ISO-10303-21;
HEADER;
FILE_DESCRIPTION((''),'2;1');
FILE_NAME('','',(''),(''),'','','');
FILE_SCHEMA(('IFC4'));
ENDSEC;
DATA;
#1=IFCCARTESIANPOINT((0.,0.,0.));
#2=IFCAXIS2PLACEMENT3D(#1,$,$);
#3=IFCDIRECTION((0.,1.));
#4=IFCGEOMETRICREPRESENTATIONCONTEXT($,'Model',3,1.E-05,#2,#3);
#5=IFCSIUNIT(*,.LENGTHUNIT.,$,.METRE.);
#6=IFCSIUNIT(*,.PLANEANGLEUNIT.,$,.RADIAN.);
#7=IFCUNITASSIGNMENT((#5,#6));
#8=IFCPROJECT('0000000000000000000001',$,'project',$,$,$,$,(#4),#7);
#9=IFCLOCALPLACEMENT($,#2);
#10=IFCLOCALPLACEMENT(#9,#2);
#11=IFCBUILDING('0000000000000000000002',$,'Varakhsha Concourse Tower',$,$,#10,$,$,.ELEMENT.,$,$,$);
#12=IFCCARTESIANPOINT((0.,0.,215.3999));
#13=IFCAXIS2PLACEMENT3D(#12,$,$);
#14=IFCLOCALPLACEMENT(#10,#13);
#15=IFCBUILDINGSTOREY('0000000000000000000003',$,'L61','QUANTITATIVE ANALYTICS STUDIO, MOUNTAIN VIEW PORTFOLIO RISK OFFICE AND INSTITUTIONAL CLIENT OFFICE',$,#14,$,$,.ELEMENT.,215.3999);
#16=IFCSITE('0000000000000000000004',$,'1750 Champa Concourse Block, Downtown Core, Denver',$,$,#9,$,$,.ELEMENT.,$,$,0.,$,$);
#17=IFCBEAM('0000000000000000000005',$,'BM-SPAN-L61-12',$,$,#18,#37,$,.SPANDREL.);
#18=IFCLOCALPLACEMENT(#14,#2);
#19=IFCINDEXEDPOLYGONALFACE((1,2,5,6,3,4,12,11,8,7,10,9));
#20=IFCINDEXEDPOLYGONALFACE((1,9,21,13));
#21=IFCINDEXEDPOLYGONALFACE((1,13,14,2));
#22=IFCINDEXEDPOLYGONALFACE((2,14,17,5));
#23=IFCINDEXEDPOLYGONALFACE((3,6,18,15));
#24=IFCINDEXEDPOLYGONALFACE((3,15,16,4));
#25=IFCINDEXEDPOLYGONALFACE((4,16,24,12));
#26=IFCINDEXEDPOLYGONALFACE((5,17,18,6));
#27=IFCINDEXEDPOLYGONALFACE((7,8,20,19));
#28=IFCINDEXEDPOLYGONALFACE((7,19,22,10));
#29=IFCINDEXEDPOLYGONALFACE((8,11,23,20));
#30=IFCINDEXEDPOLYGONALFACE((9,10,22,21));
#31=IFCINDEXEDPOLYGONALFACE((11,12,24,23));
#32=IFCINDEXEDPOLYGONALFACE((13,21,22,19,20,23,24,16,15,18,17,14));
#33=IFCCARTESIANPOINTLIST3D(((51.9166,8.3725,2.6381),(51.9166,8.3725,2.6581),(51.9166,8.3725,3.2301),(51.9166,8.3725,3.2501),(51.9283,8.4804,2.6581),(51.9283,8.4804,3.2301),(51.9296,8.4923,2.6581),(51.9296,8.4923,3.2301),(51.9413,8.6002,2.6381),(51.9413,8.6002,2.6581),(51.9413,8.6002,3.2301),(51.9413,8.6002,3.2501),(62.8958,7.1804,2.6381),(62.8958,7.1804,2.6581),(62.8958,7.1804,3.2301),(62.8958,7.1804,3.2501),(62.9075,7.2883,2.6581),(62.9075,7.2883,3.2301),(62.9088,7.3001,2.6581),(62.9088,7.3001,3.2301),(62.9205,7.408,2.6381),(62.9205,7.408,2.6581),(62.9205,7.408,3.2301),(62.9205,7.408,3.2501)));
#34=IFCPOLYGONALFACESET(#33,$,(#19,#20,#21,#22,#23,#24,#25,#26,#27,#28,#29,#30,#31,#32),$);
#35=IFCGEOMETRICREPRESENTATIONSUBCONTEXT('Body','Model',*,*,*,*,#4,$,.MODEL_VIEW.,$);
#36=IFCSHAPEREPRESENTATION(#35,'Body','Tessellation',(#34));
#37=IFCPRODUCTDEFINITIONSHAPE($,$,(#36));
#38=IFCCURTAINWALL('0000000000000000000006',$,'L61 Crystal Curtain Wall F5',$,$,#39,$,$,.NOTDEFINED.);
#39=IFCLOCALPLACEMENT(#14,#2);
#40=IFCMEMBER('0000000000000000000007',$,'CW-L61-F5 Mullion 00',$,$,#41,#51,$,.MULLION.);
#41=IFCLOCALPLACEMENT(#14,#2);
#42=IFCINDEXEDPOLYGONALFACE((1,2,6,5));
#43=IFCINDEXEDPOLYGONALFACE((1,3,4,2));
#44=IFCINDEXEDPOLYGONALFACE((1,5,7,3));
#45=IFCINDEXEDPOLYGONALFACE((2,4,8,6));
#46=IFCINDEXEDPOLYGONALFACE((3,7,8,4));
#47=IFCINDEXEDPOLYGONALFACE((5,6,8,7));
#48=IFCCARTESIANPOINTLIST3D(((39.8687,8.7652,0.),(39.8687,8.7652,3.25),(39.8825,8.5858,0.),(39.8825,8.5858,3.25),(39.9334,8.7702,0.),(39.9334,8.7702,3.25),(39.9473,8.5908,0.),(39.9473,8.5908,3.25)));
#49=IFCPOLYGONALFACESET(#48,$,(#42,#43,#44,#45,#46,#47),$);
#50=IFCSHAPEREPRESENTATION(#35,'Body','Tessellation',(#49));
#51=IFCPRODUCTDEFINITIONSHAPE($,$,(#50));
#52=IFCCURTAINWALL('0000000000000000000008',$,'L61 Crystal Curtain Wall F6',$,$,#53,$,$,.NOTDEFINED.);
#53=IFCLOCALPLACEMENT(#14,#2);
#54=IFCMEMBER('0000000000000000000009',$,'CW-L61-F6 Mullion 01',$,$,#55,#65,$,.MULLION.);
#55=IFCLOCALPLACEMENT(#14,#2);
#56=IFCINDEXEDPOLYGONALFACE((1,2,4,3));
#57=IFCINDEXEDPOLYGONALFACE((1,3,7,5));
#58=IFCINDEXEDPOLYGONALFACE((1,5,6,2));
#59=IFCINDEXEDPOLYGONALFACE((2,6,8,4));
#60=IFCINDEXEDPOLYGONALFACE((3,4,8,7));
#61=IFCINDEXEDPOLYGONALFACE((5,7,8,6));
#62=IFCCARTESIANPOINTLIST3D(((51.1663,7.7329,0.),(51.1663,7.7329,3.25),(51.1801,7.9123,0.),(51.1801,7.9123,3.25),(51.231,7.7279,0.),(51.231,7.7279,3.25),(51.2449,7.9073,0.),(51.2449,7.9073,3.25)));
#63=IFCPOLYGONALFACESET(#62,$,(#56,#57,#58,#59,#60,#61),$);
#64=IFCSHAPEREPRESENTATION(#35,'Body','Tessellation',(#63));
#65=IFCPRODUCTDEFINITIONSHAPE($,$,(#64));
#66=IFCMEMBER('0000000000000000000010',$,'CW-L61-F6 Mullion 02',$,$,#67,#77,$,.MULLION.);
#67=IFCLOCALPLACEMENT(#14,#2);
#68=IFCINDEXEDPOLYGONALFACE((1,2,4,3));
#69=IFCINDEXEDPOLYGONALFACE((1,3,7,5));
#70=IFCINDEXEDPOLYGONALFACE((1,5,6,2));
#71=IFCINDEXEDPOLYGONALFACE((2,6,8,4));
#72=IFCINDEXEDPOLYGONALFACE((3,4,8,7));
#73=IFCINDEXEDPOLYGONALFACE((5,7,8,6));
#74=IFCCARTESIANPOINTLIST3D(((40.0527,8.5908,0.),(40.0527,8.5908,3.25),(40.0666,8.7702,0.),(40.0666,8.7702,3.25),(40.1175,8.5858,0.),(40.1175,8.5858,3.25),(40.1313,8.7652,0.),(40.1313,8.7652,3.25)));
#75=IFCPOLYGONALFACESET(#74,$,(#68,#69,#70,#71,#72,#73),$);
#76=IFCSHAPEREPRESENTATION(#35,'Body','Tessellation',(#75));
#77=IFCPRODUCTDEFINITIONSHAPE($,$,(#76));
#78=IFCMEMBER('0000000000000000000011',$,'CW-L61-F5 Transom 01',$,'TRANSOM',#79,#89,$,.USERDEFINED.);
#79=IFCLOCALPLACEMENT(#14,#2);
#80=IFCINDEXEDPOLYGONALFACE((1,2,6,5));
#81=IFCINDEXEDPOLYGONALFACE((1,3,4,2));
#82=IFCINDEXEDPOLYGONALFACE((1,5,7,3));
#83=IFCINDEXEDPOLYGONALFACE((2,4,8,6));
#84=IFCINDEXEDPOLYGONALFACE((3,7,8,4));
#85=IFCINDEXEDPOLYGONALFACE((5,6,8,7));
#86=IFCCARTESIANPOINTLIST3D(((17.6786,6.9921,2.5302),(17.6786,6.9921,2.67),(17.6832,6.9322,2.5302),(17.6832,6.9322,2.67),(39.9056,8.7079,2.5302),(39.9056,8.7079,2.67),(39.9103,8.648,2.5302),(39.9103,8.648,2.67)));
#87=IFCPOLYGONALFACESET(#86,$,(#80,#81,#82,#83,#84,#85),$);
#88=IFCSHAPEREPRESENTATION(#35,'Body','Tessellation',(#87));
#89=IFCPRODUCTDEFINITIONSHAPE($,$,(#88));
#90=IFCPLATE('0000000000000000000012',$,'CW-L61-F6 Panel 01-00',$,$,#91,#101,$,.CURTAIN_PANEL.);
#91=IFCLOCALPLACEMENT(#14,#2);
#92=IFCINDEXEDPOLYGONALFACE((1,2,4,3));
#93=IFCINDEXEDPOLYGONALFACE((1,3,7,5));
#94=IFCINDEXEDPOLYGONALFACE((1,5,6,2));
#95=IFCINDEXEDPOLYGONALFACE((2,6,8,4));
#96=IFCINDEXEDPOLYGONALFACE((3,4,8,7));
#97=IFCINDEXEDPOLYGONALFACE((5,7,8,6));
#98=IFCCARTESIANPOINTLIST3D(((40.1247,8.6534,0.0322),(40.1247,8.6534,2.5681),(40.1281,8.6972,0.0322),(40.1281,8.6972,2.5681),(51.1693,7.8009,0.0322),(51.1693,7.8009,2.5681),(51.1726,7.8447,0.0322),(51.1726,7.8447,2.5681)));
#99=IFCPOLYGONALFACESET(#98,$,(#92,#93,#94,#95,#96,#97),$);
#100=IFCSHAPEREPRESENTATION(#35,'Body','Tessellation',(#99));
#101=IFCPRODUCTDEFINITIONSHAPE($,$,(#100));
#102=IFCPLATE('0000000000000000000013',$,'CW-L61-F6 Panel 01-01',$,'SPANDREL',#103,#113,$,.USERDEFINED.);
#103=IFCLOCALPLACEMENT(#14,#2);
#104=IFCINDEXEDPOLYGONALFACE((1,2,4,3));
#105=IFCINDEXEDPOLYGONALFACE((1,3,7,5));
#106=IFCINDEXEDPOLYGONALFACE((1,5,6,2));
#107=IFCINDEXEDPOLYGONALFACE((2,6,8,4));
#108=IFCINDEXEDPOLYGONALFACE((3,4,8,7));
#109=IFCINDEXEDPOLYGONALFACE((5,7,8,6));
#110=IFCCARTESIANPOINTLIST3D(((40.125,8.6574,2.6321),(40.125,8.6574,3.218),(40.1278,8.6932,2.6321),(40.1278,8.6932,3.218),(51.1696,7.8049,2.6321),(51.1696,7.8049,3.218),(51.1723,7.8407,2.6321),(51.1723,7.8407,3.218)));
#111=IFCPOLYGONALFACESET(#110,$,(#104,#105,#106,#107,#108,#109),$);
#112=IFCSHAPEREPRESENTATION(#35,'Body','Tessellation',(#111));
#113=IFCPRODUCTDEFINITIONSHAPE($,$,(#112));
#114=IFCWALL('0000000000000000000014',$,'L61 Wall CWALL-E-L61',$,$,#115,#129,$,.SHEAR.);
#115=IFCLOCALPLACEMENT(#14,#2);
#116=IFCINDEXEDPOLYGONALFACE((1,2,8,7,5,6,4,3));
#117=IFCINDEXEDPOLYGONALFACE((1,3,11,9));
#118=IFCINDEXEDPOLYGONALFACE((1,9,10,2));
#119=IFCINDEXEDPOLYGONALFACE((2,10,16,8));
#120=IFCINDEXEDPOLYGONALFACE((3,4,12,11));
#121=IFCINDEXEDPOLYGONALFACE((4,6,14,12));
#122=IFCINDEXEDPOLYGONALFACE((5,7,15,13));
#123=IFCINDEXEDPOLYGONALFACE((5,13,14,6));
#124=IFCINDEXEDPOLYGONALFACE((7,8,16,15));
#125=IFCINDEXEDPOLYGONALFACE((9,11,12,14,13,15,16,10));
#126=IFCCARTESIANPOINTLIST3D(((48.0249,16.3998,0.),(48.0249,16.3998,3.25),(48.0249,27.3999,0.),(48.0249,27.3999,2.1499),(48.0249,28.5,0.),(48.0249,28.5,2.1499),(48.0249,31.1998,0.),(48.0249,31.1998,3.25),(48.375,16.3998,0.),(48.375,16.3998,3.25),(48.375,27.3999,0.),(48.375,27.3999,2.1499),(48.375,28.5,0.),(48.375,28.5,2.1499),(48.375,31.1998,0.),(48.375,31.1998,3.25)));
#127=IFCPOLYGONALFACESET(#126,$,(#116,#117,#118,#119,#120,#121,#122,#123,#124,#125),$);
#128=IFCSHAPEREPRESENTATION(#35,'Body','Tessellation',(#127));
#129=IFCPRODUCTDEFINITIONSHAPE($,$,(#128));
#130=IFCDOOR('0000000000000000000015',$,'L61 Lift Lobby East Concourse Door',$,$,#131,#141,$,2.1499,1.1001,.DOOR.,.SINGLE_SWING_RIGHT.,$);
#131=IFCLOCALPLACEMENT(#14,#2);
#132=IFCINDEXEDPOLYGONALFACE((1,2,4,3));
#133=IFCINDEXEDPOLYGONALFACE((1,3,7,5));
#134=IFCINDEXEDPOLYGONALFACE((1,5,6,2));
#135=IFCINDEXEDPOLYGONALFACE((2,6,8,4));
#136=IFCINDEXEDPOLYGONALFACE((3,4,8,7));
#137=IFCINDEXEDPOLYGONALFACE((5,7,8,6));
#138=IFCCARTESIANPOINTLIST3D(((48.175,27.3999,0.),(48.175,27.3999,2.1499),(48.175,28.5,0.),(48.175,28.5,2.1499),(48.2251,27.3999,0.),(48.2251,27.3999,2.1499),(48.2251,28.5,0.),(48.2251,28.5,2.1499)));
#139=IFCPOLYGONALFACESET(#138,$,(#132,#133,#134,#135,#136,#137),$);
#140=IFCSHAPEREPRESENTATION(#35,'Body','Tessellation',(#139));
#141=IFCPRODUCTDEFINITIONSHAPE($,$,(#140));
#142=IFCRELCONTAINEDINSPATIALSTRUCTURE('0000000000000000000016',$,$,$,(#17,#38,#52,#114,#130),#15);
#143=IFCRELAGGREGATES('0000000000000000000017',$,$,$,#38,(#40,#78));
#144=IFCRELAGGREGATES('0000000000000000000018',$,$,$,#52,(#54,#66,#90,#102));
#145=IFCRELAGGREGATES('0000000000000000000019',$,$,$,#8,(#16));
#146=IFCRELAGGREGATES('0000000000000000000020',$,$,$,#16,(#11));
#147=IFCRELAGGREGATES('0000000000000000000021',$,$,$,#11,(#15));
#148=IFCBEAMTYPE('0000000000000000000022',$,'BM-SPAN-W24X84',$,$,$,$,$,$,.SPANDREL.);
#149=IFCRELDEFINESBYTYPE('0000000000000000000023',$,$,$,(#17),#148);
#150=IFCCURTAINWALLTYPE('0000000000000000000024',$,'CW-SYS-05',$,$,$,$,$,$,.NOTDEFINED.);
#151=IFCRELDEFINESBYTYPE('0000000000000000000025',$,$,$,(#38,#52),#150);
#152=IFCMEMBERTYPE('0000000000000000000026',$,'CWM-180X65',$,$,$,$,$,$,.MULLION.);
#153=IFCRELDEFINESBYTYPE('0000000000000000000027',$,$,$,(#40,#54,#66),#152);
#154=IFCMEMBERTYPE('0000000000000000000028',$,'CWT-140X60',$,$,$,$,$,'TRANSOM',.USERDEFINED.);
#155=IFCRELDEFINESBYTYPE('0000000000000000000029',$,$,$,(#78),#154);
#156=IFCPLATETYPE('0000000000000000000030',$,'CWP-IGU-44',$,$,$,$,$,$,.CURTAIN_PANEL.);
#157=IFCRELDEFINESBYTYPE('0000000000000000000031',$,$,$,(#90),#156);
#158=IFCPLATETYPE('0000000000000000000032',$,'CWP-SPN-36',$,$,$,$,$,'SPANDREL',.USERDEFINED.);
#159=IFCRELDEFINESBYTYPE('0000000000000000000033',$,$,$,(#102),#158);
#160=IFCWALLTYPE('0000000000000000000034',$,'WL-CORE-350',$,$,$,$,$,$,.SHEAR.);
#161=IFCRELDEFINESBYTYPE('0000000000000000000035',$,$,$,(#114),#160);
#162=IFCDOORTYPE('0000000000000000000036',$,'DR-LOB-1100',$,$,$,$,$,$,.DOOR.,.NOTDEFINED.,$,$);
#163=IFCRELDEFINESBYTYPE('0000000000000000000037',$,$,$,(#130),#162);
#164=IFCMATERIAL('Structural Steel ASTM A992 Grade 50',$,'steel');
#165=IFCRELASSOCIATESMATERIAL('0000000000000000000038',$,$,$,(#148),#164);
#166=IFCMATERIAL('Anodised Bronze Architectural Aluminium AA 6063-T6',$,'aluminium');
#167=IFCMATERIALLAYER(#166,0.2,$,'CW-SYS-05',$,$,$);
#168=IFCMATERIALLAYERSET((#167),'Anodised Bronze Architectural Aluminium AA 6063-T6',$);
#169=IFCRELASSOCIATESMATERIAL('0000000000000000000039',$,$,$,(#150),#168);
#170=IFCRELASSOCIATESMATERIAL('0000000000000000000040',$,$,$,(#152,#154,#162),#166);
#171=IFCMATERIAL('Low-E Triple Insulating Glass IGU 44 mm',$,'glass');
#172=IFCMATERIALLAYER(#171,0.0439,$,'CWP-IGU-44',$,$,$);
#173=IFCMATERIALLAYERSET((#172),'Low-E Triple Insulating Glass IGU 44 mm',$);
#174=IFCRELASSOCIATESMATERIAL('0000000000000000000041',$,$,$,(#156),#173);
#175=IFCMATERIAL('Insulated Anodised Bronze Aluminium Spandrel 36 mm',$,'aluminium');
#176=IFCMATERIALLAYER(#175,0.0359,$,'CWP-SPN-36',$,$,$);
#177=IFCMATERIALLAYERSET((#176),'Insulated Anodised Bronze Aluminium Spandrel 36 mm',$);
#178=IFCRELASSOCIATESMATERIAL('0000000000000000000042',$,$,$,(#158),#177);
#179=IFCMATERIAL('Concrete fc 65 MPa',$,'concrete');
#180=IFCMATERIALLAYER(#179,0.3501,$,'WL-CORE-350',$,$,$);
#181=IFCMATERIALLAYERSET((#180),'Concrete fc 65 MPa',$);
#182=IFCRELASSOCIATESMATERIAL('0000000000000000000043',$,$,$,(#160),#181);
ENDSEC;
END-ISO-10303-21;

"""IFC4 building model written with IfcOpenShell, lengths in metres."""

from ifc_helpers import new_model, si_unit, direction, frame, frame_2d, origin, origin_2d, place, context, subcontext, project, spatial, rectangle, i_section, extrude, source, transform, mapped, material, layer, layer_set, material_profile, profile_set, type_object, type_shapes, element, fill, aggregate, save


model = new_model("IFC4")

# Units and contexts
model_context = context("Model", 3, precision=1e-05, world=origin(), true_north=direction((0.0, 1.0)))
body_context = subcontext(model_context, "Body", "Model", "MODEL_VIEW")
ifc_project = project(units=[si_unit("LENGTHUNIT", "METRE"), si_unit("PLANEANGLEUNIT", "RADIAN")], contexts=[model_context])

# Site, building, storey
site_placement = place(None, origin())
site = spatial("IfcSite", under=ifc_project, at=site_placement, Name="1750 Champa Concourse Block, Downtown Core, Denver", CompositionType="ELEMENT", RefElevation=0.0)
building_placement = place(site_placement, origin())
building = spatial("IfcBuilding", under=site, at=building_placement, Name="Varakhsha Concourse Tower", CompositionType="ELEMENT")
storey_placement = place(building_placement, frame((0.0, 0.0, 215.3999)))
storey = spatial("IfcBuildingStorey", under=building, at=storey_placement, Name="L61", Description="QUANTITATIVE ANALYTICS STUDIO, MOUNTAIN VIEW PORTFOLIO RISK OFFICE AND INSTITUTIONAL CLIENT OFFICE", CompositionType="ELEMENT", Elevation=215.3999)

# Shared definitions
ifc_material_1 = material(Name="Structural Steel ASTM A992 Grade 50", Category="steel")
ifc_material_2 = material(Name="Concrete fc 65 MPa", Category="concrete")

# Beam
ifc_material_profile_1 = material_profile(ifc_material_1, i_section(OverallWidth=0.229, OverallDepth=0.6121, WebThickness=0.012, FlangeThickness=0.02, at=origin_2d()), Name="W24X84")
ifc_profile_set_1 = profile_set([ifc_material_profile_1], Name="Structural Steel ASTM A992 Grade 50")
beam_type_1 = type_object("IfcBeamType", Name="BM-SPAN-W24X84", PredefinedType="SPANDREL", material=ifc_profile_set_1)
beam_1_placement = place(storey_placement, frame((51.929, 8.4863, 2.9441), z_axis=(0.994157, -0.107947, 0.0), x_axis=(0.107947, 0.994157, 0.0)))
element("IfcBeam", 1, at=beam_1_placement, inside=storey, type_object=beam_type_1, Name="BM-SPAN-L61-12", PredefinedType="SPANDREL", context=body_context, shape_type="SweptSolid", body=[
    extrude(i_section(OverallWidth=0.229, OverallDepth=0.6121, WebThickness=0.012, FlangeThickness=0.02, at=origin_2d()), origin(), (0.0, 0.0, 1.0), 11.0437),
])

# Curtain wall, member
ifc_material_3 = material(Name="Anodised Bronze Architectural Aluminium AA 6063-T6", Category="aluminium")
ifc_layer_1 = layer(ifc_material_3, 0.2, Name="CW-SYS-05")
ifc_layer_set_1 = layer_set([ifc_layer_1], Name="Anodised Bronze Architectural Aluminium AA 6063-T6")
curtain_wall_type = type_object("IfcCurtainWallType", Name="CW-SYS-05", PredefinedType="NOTDEFINED", material=ifc_layer_set_1)
curtain_wall_1_placement = place(storey_placement, origin())
curtain_wall_1 = element("IfcCurtainWall", 2, at=curtain_wall_1_placement, inside=storey, type_object=curtain_wall_type, Name="L61 Crystal Curtain Wall F5", PredefinedType="NOTDEFINED")
ifc_material_profile_2 = material_profile(ifc_material_3, rectangle(XDim=0.0649, YDim=0.1799, at=origin_2d()), Name="CWM-180X65")
ifc_profile_set_2 = profile_set([ifc_material_profile_2], Name="Anodised Bronze Architectural Aluminium AA 6063-T6")
member_type_1 = type_object("IfcMemberType", Name="CWM-180X65", PredefinedType="MULLION", material=ifc_profile_set_2)
shared_shape_1 = source(origin(), body_context, "Body", "SweptSolid", [
    extrude(rectangle(XDim=0.0649, YDim=0.1799, at=origin_2d()), origin(), (0.0, 0.0, 1.0), 3.25),
])
type_shapes(member_type_1, [shared_shape_1])
member_1_placement = place(storey_placement, frame((39.908, 8.678, 0.0), z_axis=(0.0, 0.0, 1.0), x_axis=(-0.997034, -0.076961, 0.0)))
member_1 = element("IfcMember", 3, at=member_1_placement, type_object=member_type_1, Name="CW-L61-F5 Mullion 00", PredefinedType="MULLION", context=body_context, shape_type="MappedRepresentation", body=[
    mapped(shared_shape_1, transform((0.0, 0.0, 0.0), scale=1.0)),
])

# Curtain wall, members
curtain_wall_2_placement = place(storey_placement, origin())
curtain_wall_2 = element("IfcCurtainWall", 4, at=curtain_wall_2_placement, inside=storey, type_object=curtain_wall_type, Name="L61 Crystal Curtain Wall F6", PredefinedType="NOTDEFINED")
member_2_placement = place(storey_placement, frame((51.2056, 7.8201, 0.0), z_axis=(0.0, 0.0, 1.0), x_axis=(-0.997034, 0.076961, 0.0)))
member_2 = element("IfcMember", 5, at=member_2_placement, type_object=member_type_1, Name="CW-L61-F6 Mullion 01", PredefinedType="MULLION", context=body_context, shape_type="MappedRepresentation", body=[
    mapped(shared_shape_1, transform((0.0, 0.0, 0.0), scale=1.0)),
])
member_3_placement = place(storey_placement, frame((40.092, 8.678, 0.0), z_axis=(0.0, 0.0, 1.0), x_axis=(-0.997034, 0.076961, 0.0)))
member_3 = element("IfcMember", 6, at=member_3_placement, type_object=member_type_1, Name="CW-L61-F6 Mullion 02", PredefinedType="MULLION", context=body_context, shape_type="MappedRepresentation", body=[
    mapped(shared_shape_1, transform((0.0, 0.0, 0.0), scale=1.0)),
])

# Member
ifc_material_profile_3 = material_profile(ifc_material_3, rectangle(XDim=0.0601, YDim=0.1399, at=origin_2d()), Name="CWT-140X60")
ifc_profile_set_3 = profile_set([ifc_material_profile_3], Name="Anodised Bronze Architectural Aluminium AA 6063-T6")
member_type_2 = type_object("IfcMemberType", Name="CWT-140X60", ElementType="TRANSOM", PredefinedType="USERDEFINED", material=ifc_profile_set_3)
shared_shape_2 = source(origin(), body_context, "Body", "SweptSolid", [
    extrude(rectangle(XDim=0.0601, YDim=0.1399, at=origin_2d()), origin(), (0.0, 0.0, 1.0), 22.2932),
])
type_shapes(member_type_2, [shared_shape_2])
member_4_placement = place(storey_placement, frame((39.908, 8.678, 2.6001), z_axis=(-0.997034, -0.076966, 0.0), x_axis=(0.076966, -0.997034, 0.0)))
member_4 = element("IfcMember", 7, at=member_4_placement, type_object=member_type_2, Name="CW-L61-F5 Transom 01", ObjectType="TRANSOM", PredefinedType="USERDEFINED", context=body_context, shape_type="MappedRepresentation", body=[
    mapped(shared_shape_2, transform((0.0, 0.0, 0.0), scale=1.0)),
])
aggregate(curtain_wall_1, [member_1, member_4])

# Plates
ifc_material_4 = material(Name="Low-E Triple Insulating Glass IGU 44 mm", Category="glass")
ifc_layer_2 = layer(ifc_material_4, 0.0439, Name="CWP-IGU-44")
ifc_layer_set_2 = layer_set([ifc_layer_2], Name="Low-E Triple Insulating Glass IGU 44 mm")
plate_type_1 = type_object("IfcPlateType", Name="CWP-IGU-44", PredefinedType="CURTAIN_PANEL", material=ifc_layer_set_2)
shared_shape_3 = source(origin(), body_context, "Body", "SweptSolid", [
    extrude(rectangle(XDim=11.0774, YDim=0.0439, at=origin_2d()), origin(), (0.0, 0.0, 1.0), 2.5359),
])
type_shapes(plate_type_1, [shared_shape_3])
plate_1_placement = place(storey_placement, frame((45.6487, 8.249, 0.0322), z_axis=(0.0, 0.0, 1.0), x_axis=(-0.997034, 0.076961, 0.0)))
plate_1 = element("IfcPlate", 8, at=plate_1_placement, type_object=plate_type_1, Name="CW-L61-F6 Panel 01-00", PredefinedType="CURTAIN_PANEL", context=body_context, shape_type="MappedRepresentation", body=[
    mapped(shared_shape_3, transform((0.0, 0.0, 0.0), scale=1.0)),
])
ifc_material_5 = material(Name="Insulated Anodised Bronze Aluminium Spandrel 36 mm", Category="aluminium")
ifc_layer_3 = layer(ifc_material_5, 0.0359, Name="CWP-SPN-36")
ifc_layer_set_3 = layer_set([ifc_layer_3], Name="Insulated Anodised Bronze Aluminium Spandrel 36 mm")
plate_type_2 = type_object("IfcPlateType", Name="CWP-SPN-36", ElementType="SPANDREL", PredefinedType="USERDEFINED", material=ifc_layer_set_3)
shared_shape_4 = source(origin(), body_context, "Body", "SweptSolid", [
    extrude(rectangle(XDim=11.0774, YDim=0.0359, at=origin_2d()), origin(), (0.0, 0.0, 1.0), 0.5859),
])
type_shapes(plate_type_2, [shared_shape_4])
plate_2_placement = place(storey_placement, frame((45.6487, 8.249, 2.6321), z_axis=(0.0, 0.0, 1.0), x_axis=(-0.997034, 0.076961, 0.0)))
plate_2 = element("IfcPlate", 9, at=plate_2_placement, type_object=plate_type_2, Name="CW-L61-F6 Panel 01-01", ObjectType="SPANDREL", PredefinedType="USERDEFINED", context=body_context, shape_type="MappedRepresentation", body=[
    mapped(shared_shape_4, transform((0.0, 0.0, 0.0), scale=1.0)),
])
aggregate(curtain_wall_2, [member_2, member_3, plate_1, plate_2])

# Wall, opening, door
ifc_layer_4 = layer(ifc_material_2, 0.3501, Name="WL-CORE-350")
ifc_layer_set_4 = layer_set([ifc_layer_4], Name="Concrete fc 65 MPa")
wall_type_1 = type_object("IfcWallType", Name="WL-CORE-350", PredefinedType="SHEAR", material=ifc_layer_set_4)
wall_1_placement = place(storey_placement, frame((48.2, 16.3999, 0.0), z_axis=(0.0, 0.0, 1.0), x_axis=(0.0, 1.0, 0.0)))
wall_1 = element("IfcWall", 10, at=wall_1_placement, inside=storey, type_object=wall_type_1, Name="L61 Wall CWALL-E-L61", PredefinedType="SHEAR", context=body_context, shape_type="SweptSolid", body=[
    extrude(rectangle(XDim=14.8, YDim=0.3501, at=frame_2d((7.3999, 0.0))), origin(), (0.0, 0.0, 1.0), 3.25),
])
opening_1_placement = place(wall_1_placement, frame((11.0, 0.0, 0.0)))
opening_1 = element("IfcOpeningElement", 11, at=opening_1_placement, cuts=wall_1, PredefinedType="OPENING", context=body_context, shape_type="SweptSolid", body=[
    extrude(rectangle(XDim=1.1001, YDim=2.1499, at=frame_2d((0.55, 1.075))), frame((0.0, 0.1851, 0.0), z_axis=(0.0, -1.0, 0.0), x_axis=(1.0, 0.0, 0.0)), (0.0, 0.0, 1.0), 0.3701),
])
door_type_1 = type_object("IfcDoorType", Name="DR-LOB-1100", OperationType="NOTDEFINED", PredefinedType="DOOR", material=ifc_material_3)
door_1_placement = place(opening_1_placement, origin())
door_1 = element("IfcDoor", 12, at=door_1_placement, inside=storey, type_object=door_type_1, Name="L61 Lift Lobby East Concourse Door", OperationType="SINGLE_SWING_RIGHT", OverallHeight=2.1499, OverallWidth=1.1001, PredefinedType="DOOR", context=body_context, shape_type="SweptSolid", body=[
    extrude(rectangle(XDim=1.1001, YDim=2.1499, at=frame_2d((0.55, 1.075))), frame((0.0, 0.0249, 0.0), z_axis=(0.0, -1.0, 0.0), x_axis=(1.0, 0.0, 0.0)), (0.0, 0.0, 1.0), 0.05),
])
fill(opening_1, door_1)

save(model, "model.ifc")
